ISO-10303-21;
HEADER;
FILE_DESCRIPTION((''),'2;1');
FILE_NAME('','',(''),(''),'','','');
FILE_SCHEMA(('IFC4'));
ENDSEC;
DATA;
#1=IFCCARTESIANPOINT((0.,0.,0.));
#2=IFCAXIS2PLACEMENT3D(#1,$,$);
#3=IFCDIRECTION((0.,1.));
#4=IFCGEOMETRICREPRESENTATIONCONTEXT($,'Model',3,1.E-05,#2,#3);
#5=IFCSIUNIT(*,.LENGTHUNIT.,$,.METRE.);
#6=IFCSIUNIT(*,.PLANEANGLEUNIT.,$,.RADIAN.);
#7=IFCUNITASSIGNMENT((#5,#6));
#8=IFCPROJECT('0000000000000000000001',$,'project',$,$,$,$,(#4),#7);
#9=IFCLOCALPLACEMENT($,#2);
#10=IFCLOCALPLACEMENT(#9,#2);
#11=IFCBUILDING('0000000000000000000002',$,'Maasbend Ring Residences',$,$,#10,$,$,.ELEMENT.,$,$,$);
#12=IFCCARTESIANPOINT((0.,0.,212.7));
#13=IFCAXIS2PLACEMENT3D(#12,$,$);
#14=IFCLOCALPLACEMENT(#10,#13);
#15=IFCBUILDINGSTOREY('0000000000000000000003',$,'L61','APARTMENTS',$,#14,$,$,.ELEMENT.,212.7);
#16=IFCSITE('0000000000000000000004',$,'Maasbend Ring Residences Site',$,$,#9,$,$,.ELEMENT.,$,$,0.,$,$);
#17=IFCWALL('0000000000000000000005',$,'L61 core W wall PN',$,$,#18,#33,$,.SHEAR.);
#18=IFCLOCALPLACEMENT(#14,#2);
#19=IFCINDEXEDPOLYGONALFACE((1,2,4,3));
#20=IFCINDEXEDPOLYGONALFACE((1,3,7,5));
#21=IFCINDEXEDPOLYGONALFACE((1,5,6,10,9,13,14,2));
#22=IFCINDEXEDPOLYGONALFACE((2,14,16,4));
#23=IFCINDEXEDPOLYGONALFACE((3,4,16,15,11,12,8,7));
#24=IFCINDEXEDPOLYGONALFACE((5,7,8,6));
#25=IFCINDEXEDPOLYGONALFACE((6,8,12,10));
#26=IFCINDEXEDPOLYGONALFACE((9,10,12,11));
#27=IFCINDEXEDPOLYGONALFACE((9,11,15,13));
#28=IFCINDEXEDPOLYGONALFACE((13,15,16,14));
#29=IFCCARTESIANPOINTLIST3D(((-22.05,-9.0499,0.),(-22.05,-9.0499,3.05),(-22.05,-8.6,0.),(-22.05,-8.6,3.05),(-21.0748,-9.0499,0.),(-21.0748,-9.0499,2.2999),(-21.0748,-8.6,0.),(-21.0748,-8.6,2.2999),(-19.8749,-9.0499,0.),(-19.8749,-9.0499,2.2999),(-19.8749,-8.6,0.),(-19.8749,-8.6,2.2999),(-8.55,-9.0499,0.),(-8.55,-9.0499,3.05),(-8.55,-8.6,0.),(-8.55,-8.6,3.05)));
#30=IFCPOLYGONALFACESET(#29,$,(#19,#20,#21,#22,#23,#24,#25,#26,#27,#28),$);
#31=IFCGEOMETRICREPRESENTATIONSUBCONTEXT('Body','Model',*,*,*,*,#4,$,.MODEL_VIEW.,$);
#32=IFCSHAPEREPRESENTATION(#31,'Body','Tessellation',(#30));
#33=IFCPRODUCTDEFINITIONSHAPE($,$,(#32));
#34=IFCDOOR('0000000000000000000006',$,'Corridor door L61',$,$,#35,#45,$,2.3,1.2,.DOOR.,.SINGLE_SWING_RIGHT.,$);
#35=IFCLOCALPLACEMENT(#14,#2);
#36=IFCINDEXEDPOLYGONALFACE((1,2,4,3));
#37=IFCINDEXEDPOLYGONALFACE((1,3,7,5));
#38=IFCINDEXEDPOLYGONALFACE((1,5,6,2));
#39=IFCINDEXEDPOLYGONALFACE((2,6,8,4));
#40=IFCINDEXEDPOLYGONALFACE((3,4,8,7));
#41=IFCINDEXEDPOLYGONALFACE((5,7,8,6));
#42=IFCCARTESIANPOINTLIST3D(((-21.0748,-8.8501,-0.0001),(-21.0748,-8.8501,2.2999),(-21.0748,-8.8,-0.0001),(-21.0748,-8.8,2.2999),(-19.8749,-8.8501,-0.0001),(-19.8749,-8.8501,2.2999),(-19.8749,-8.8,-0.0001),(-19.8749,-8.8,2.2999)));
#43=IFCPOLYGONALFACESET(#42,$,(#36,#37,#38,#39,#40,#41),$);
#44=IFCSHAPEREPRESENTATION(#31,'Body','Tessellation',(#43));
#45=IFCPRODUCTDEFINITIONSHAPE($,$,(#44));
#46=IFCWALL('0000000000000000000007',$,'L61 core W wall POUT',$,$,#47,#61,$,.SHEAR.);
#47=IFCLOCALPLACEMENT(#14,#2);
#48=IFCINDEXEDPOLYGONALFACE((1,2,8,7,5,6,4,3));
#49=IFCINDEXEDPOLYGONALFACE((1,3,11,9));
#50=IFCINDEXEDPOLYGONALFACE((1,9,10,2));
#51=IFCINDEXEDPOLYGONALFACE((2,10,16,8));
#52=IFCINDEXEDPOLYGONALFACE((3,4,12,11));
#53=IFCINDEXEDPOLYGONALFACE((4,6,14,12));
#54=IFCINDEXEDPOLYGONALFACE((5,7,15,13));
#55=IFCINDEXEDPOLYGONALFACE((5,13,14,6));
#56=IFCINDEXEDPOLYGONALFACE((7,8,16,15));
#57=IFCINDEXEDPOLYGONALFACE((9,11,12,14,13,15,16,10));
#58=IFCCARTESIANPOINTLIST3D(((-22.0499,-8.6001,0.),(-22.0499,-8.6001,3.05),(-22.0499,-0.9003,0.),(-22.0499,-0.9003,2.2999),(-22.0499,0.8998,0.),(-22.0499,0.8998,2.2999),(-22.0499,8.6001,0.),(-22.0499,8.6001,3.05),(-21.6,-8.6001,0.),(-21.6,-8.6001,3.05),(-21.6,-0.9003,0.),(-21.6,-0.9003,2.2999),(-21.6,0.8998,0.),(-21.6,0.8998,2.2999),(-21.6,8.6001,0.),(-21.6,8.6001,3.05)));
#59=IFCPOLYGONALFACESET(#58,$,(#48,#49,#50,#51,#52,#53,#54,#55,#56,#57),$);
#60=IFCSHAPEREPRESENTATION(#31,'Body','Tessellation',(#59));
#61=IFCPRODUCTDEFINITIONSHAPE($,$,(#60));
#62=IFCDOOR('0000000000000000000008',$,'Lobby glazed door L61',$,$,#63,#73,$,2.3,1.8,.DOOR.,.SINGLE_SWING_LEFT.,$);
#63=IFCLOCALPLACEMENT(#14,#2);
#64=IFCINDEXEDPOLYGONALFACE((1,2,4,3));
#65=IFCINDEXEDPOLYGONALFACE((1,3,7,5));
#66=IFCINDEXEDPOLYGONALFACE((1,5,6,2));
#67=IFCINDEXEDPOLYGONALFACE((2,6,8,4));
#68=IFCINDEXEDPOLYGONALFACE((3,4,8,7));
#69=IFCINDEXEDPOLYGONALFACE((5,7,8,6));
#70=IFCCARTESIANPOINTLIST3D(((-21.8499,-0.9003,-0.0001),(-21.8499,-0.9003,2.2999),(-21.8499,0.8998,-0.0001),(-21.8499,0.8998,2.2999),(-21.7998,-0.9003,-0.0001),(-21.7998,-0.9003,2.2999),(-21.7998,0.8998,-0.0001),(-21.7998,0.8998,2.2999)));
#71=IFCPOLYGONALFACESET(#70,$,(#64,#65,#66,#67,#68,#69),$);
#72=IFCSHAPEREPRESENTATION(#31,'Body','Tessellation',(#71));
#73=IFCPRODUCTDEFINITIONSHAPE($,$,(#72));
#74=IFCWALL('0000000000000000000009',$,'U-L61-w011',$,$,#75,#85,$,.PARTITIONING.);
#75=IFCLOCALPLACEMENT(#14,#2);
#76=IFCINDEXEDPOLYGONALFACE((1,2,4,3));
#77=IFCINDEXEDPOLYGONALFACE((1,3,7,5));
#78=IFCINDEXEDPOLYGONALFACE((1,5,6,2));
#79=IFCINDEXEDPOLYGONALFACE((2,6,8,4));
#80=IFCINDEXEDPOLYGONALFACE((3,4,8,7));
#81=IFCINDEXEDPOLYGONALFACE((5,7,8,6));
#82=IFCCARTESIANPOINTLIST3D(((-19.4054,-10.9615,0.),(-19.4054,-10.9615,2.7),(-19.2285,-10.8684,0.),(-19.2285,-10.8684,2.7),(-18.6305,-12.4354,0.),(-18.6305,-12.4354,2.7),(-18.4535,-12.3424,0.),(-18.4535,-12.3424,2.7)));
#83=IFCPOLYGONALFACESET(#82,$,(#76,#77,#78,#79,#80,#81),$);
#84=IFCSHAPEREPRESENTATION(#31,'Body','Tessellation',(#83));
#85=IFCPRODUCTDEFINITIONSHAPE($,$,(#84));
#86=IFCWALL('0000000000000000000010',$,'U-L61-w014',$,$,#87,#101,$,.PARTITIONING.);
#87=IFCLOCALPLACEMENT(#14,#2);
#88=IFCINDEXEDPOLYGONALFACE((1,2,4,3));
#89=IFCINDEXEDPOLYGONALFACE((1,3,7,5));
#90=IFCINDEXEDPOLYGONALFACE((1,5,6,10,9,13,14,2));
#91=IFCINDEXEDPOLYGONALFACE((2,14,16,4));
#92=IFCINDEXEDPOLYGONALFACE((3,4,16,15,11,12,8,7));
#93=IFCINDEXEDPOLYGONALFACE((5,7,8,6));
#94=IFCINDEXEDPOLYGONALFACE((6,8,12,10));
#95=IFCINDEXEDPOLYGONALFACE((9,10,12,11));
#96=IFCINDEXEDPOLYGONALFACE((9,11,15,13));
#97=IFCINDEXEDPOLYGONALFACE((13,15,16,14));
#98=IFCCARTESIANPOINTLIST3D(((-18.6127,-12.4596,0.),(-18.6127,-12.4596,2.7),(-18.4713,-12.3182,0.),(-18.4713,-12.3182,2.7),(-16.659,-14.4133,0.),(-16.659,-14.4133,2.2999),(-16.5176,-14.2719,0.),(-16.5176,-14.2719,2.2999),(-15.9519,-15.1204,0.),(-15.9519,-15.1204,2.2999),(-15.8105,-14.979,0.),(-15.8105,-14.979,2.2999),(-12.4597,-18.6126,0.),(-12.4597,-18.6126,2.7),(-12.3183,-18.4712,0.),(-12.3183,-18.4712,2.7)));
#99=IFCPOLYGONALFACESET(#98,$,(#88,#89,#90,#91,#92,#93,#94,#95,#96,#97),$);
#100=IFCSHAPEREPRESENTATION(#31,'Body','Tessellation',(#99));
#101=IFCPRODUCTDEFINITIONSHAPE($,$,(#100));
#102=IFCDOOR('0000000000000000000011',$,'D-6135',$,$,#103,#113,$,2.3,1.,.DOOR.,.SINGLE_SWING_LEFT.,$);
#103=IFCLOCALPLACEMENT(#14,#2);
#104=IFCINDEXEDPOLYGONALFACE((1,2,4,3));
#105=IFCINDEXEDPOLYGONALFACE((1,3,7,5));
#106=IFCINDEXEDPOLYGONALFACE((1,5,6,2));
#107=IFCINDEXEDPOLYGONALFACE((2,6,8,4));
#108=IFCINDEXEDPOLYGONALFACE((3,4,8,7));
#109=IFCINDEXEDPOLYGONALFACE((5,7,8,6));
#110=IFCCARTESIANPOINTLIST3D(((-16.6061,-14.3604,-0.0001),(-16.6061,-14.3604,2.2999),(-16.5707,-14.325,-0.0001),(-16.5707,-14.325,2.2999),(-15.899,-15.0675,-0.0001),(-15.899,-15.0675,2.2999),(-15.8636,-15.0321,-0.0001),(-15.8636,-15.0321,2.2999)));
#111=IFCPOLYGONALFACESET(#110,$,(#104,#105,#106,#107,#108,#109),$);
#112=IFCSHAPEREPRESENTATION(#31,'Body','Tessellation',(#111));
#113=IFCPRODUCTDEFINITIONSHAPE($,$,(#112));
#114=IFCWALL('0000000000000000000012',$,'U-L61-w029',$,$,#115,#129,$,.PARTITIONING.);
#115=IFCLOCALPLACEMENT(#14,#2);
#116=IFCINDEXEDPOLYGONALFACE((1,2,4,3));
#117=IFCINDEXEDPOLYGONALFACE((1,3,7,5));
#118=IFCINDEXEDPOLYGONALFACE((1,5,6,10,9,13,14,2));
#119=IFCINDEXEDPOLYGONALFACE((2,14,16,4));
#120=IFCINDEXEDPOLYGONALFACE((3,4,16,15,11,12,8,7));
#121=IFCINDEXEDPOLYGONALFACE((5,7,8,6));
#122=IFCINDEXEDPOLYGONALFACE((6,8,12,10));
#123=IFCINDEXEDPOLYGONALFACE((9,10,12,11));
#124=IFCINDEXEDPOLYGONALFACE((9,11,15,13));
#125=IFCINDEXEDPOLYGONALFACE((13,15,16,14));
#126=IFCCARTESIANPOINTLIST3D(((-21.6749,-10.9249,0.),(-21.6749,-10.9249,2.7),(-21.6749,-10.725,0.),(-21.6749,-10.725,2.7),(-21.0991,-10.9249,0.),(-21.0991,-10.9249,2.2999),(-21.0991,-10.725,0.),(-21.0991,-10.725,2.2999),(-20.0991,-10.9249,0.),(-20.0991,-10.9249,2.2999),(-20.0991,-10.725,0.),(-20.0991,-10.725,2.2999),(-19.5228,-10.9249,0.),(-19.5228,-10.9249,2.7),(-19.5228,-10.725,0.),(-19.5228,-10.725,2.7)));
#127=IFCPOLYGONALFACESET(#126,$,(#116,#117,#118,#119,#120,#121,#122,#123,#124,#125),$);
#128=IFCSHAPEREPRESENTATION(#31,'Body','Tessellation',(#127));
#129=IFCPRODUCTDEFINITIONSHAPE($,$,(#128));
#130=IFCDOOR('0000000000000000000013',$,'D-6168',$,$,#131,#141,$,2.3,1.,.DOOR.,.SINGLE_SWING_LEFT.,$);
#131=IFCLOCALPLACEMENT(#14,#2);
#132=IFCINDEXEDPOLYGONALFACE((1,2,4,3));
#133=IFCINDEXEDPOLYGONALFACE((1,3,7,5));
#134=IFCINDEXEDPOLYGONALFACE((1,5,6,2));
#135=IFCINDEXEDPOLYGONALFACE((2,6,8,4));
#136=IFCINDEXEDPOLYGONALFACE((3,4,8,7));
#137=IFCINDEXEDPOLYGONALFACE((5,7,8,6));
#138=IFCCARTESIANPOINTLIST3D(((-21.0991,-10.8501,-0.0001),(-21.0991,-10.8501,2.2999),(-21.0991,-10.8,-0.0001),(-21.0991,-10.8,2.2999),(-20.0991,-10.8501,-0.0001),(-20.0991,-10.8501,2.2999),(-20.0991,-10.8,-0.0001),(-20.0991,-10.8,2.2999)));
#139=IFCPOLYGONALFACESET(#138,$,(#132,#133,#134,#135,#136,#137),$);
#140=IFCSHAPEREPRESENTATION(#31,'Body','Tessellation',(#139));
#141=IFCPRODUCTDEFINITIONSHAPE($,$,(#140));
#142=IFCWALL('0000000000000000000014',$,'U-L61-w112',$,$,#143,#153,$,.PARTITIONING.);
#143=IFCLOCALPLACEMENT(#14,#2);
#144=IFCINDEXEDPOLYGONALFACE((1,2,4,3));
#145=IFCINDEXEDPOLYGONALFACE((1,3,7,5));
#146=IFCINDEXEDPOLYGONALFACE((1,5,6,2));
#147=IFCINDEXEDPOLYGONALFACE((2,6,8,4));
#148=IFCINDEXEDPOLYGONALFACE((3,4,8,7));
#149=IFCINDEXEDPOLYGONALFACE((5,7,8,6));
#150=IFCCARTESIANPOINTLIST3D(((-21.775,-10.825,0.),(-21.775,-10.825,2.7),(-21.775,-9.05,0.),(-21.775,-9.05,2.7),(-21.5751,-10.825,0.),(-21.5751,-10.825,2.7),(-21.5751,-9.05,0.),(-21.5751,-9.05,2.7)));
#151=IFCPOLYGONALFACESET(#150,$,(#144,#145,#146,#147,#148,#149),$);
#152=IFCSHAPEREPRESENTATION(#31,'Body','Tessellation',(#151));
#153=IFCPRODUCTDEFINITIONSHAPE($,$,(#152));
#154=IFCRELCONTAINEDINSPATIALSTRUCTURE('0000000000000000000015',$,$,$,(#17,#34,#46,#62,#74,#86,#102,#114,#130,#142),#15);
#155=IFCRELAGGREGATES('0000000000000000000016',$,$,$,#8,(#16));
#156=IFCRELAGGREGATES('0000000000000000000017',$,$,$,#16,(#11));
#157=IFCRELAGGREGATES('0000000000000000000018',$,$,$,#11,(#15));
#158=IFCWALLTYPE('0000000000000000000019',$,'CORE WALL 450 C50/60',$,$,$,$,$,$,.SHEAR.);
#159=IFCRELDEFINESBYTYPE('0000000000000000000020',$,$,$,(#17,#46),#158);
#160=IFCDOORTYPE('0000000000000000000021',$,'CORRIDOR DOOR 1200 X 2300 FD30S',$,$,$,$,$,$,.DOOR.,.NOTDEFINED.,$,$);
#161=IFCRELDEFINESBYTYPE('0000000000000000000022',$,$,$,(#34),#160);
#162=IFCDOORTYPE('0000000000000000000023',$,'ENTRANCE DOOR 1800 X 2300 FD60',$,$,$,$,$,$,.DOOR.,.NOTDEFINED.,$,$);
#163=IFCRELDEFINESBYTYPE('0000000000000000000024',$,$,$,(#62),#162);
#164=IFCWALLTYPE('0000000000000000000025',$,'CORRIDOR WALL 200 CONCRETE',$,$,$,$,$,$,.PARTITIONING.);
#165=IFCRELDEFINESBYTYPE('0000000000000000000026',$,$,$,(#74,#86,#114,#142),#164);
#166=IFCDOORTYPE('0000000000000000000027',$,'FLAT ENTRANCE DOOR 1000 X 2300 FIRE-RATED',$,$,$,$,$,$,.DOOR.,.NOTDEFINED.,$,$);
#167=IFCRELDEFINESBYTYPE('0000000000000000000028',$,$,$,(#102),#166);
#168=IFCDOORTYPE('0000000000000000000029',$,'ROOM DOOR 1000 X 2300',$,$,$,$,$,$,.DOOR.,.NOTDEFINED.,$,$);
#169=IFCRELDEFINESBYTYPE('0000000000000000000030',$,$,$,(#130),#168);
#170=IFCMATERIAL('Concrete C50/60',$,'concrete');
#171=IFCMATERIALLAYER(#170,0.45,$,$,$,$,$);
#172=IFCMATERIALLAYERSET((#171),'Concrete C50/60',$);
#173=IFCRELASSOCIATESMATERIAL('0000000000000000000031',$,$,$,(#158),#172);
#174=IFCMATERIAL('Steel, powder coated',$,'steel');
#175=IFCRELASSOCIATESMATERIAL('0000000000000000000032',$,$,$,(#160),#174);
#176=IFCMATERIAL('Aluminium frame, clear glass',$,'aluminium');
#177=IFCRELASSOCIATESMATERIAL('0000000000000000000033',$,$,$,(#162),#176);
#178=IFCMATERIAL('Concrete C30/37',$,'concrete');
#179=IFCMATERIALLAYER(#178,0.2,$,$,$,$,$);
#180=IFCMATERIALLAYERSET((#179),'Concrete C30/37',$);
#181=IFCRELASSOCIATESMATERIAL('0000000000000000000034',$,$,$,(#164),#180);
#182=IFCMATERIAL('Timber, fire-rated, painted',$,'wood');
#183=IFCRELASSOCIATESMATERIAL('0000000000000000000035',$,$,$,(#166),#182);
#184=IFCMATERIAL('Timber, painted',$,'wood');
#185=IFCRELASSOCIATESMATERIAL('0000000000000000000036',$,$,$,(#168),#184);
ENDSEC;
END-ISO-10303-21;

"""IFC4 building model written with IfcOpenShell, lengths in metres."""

from ifc_helpers import new_model, si_unit, direction, frame, frame_2d, origin, place, context, subcontext, project, spatial, rectangle, extrude, material, layer, layer_set, type_object, element, fill, save


model = new_model("IFC4")

# Units and contexts
model_context = context("Model", 3, precision=1e-05, world=origin(), true_north=direction((0.0, 1.0)))
body_context = subcontext(model_context, "Body", "Model", "MODEL_VIEW")
ifc_project = project(units=[si_unit("LENGTHUNIT", "METRE"), si_unit("PLANEANGLEUNIT", "RADIAN")], contexts=[model_context])

# Site, building, storey
site_placement = place(None, origin())
site = spatial("IfcSite", under=ifc_project, at=site_placement, Name="Maasbend Ring Residences Site", CompositionType="ELEMENT", RefElevation=0.0)
building_placement = place(site_placement, origin())
building = spatial("IfcBuilding", under=site, at=building_placement, Name="Maasbend Ring Residences", CompositionType="ELEMENT")
storey_placement = place(building_placement, frame((0.0, 0.0, 212.7)))
storey = spatial("IfcBuildingStorey", under=building, at=storey_placement, Name="L61", Description="APARTMENTS", CompositionType="ELEMENT", Elevation=212.7)

# Walls, openings, doors
ifc_material_1 = material(Name="Concrete C50/60", Category="concrete")
ifc_layer_1 = layer(ifc_material_1, 0.45)
ifc_layer_set_1 = layer_set([ifc_layer_1], Name="Concrete C50/60")
wall_type_1 = type_object("IfcWallType", Name="CORE WALL 450 C50/60", PredefinedType="SHEAR", material=ifc_layer_set_1)
wall_1_placement = place(storey_placement, frame((-22.05, -8.825, 0.0), z_axis=(0.0, 0.0, 1.0), x_axis=(1.0, 0.0, 0.0)))
wall_1 = element("IfcWall", 1, at=wall_1_placement, inside=storey, type_object=wall_type_1, Name="L61 core W wall PN", PredefinedType="SHEAR", context=body_context, shape_type="SweptSolid", body=[
    extrude(rectangle(XDim=13.5, YDim=0.45, at=frame_2d((6.75, 0.0))), origin(), (0.0, 0.0, 1.0), 3.05),
])
opening_1_placement = place(wall_1_placement, frame((0.9751, 0.0, 0.0)))
opening_1 = element("IfcOpeningElement", 2, at=opening_1_placement, cuts=wall_1, PredefinedType="OPENING", context=body_context, shape_type="SweptSolid", body=[
    extrude(rectangle(XDim=1.2, YDim=2.3, at=frame_2d((0.6001, 1.1499))), frame((0.0, 0.2349, 0.0), z_axis=(0.0, -1.0, 0.0), x_axis=(1.0, 0.0, 0.0)), (0.0, 0.0, 1.0), 0.47),
])
ifc_material_2 = material(Name="Steel, powder coated", Category="steel")
door_type_1 = type_object("IfcDoorType", Name="CORRIDOR DOOR 1200 X 2300 FD30S", OperationType="NOTDEFINED", PredefinedType="DOOR", material=ifc_material_2)
door_1_placement = place(opening_1_placement, origin())
door_1 = element("IfcDoor", 3, at=door_1_placement, inside=storey, type_object=door_type_1, Name="Corridor door L61", OperationType="SINGLE_SWING_RIGHT", OverallHeight=2.3, OverallWidth=1.2, PredefinedType="DOOR", context=body_context, shape_type="SweptSolid", body=[
    extrude(rectangle(XDim=1.2, YDim=2.3, at=frame_2d((0.6001, 1.1499))), frame((0.0, 0.0249, 0.0), z_axis=(0.0, -1.0, 0.0), x_axis=(1.0, 0.0, 0.0)), (0.0, 0.0, 1.0), 0.05),
])
fill(opening_1, door_1)
wall_2_placement = place(storey_placement, frame((-21.825, -8.6001, 0.0), z_axis=(0.0, 0.0, 1.0), x_axis=(0.0, 1.0, 0.0)))
wall_2 = element("IfcWall", 4, at=wall_2_placement, inside=storey, type_object=wall_type_1, Name="L61 core W wall POUT", PredefinedType="SHEAR", context=body_context, shape_type="SweptSolid", body=[
    extrude(rectangle(XDim=17.2002, YDim=0.45, at=frame_2d((8.6001, 0.0))), origin(), (0.0, 0.0, 1.0), 3.05),
])
opening_2_placement = place(wall_2_placement, frame((7.7, 0.0, 0.0)))
opening_2 = element("IfcOpeningElement", 5, at=opening_2_placement, cuts=wall_2, PredefinedType="OPENING", context=body_context, shape_type="SweptSolid", body=[
    extrude(rectangle(XDim=1.8, YDim=2.3, at=frame_2d((0.8999, 1.1499))), frame((0.0, 0.2349, 0.0), z_axis=(0.0, -1.0, 0.0), x_axis=(1.0, 0.0, 0.0)), (0.0, 0.0, 1.0), 0.47),
])
ifc_material_3 = material(Name="Aluminium frame, clear glass", Category="aluminium")
door_type_2 = type_object("IfcDoorType", Name="ENTRANCE DOOR 1800 X 2300 FD60", OperationType="NOTDEFINED", PredefinedType="DOOR", material=ifc_material_3)
door_2_placement = place(opening_2_placement, origin())
door_2 = element("IfcDoor", 6, at=door_2_placement, inside=storey, type_object=door_type_2, Name="Lobby glazed door L61", OperationType="SINGLE_SWING_LEFT", OverallHeight=2.3, OverallWidth=1.8, PredefinedType="DOOR", context=body_context, shape_type="SweptSolid", body=[
    extrude(rectangle(XDim=1.8, YDim=2.3, at=frame_2d((0.8999, 1.1499))), frame((0.0, 0.0249, 0.0), z_axis=(0.0, -1.0, 0.0), x_axis=(1.0, 0.0, 0.0)), (0.0, 0.0, 1.0), 0.05),
])
fill(opening_2, door_2)

# Wall
ifc_material_4 = material(Name="Concrete C30/37", Category="concrete")
ifc_layer_2 = layer(ifc_material_4, 0.2)
ifc_layer_set_2 = layer_set([ifc_layer_2], Name="Concrete C30/37")
wall_type_2 = type_object("IfcWallType", Name="CORRIDOR WALL 200 CONCRETE", PredefinedType="PARTITIONING", material=ifc_layer_set_2)
wall_3_placement = place(storey_placement, frame((-19.3169, -10.915, 0.0), z_axis=(0.0, 0.0, 1.0), x_axis=(0.46536, -0.885122, 0.0)))
element("IfcWall", 7, at=wall_3_placement, inside=storey, type_object=wall_type_2, Name="U-L61-w011", PredefinedType="PARTITIONING", context=body_context, shape_type="SweptSolid", body=[
    extrude(rectangle(XDim=1.6653, YDim=0.2, at=frame_2d((0.8325, 0.0))), origin(), (0.0, 0.0, 1.0), 2.7),
])

# Walls, openings, doors
wall_4_placement = place(storey_placement, frame((-18.542, -12.3889, 0.0), z_axis=(0.0, 0.0, 1.0), x_axis=(0.707107, -0.707107, 0.0)))
wall_4 = element("IfcWall", 8, at=wall_4_placement, inside=storey, type_object=wall_type_2, Name="U-L61-w014", PredefinedType="PARTITIONING", context=body_context, shape_type="SweptSolid", body=[
    extrude(rectangle(XDim=8.7017, YDim=0.2, at=frame_2d((4.3508, 0.0))), origin(), (0.0, 0.0, 1.0), 2.7),
])
opening_3_placement = place(wall_4_placement, frame((2.7629, 0.0, 0.0)))
opening_3 = element("IfcOpeningElement", 9, at=opening_3_placement, cuts=wall_4, PredefinedType="OPENING", context=body_context, shape_type="SweptSolid", body=[
    extrude(rectangle(XDim=1.0, YDim=2.3, at=frame_2d((0.5, 1.1499))), frame((0.0, 0.1099, 0.0), z_axis=(0.0, -1.0, 0.0), x_axis=(1.0, 0.0, 0.0)), (0.0, 0.0, 1.0), 0.22),
])
ifc_material_5 = material(Name="Timber, fire-rated, painted", Category="wood")
door_type_3 = type_object("IfcDoorType", Name="FLAT ENTRANCE DOOR 1000 X 2300 FIRE-RATED", OperationType="NOTDEFINED", PredefinedType="DOOR", material=ifc_material_5)
door_3_placement = place(opening_3_placement, origin())
door_3 = element("IfcDoor", 10, at=door_3_placement, inside=storey, type_object=door_type_3, Name="D-6135", OperationType="SINGLE_SWING_LEFT", OverallHeight=2.3, OverallWidth=1.0, PredefinedType="DOOR", context=body_context, shape_type="SweptSolid", body=[
    extrude(rectangle(XDim=1.0, YDim=2.3, at=frame_2d((0.5, 1.1499))), frame((0.0, 0.0249, 0.0), z_axis=(0.0, -1.0, 0.0), x_axis=(1.0, 0.0, 0.0)), (0.0, 0.0, 1.0), 0.05),
])
fill(opening_3, door_3)
wall_5_placement = place(storey_placement, frame((-21.675, -10.825, 0.0), z_axis=(0.0, 0.0, 1.0), x_axis=(1.0, 0.0, 0.0)))
wall_5 = element("IfcWall", 11, at=wall_5_placement, inside=storey, type_object=wall_type_2, Name="U-L61-w029", PredefinedType="PARTITIONING", context=body_context, shape_type="SweptSolid", body=[
    extrude(rectangle(XDim=2.1521, YDim=0.2, at=frame_2d((1.0762, 0.0))), origin(), (0.0, 0.0, 1.0), 2.7),
])
opening_4_placement = place(wall_5_placement, frame((0.5759, 0.0, 0.0)))
opening_4 = element("IfcOpeningElement", 12, at=opening_4_placement, cuts=wall_5, PredefinedType="OPENING", context=body_context, shape_type="SweptSolid", body=[
    extrude(rectangle(XDim=1.0, YDim=2.3, at=frame_2d((0.5, 1.1499))), frame((0.0, 0.1099, 0.0), z_axis=(0.0, -1.0, 0.0), x_axis=(1.0, 0.0, 0.0)), (0.0, 0.0, 1.0), 0.22),
])
ifc_material_6 = material(Name="Timber, painted", Category="wood")
door_type_4 = type_object("IfcDoorType", Name="ROOM DOOR 1000 X 2300", OperationType="NOTDEFINED", PredefinedType="DOOR", material=ifc_material_6)
door_4_placement = place(opening_4_placement, origin())
door_4 = element("IfcDoor", 13, at=door_4_placement, inside=storey, type_object=door_type_4, Name="D-6168", OperationType="SINGLE_SWING_LEFT", OverallHeight=2.3, OverallWidth=1.0, PredefinedType="DOOR", context=body_context, shape_type="SweptSolid", body=[
    extrude(rectangle(XDim=1.0, YDim=2.3, at=frame_2d((0.5, 1.1499))), frame((0.0, 0.0249, 0.0), z_axis=(0.0, -1.0, 0.0), x_axis=(1.0, 0.0, 0.0)), (0.0, 0.0, 1.0), 0.05),
])
fill(opening_4, door_4)

# Wall
wall_6_placement = place(storey_placement, frame((-21.675, -10.825, 0.0), z_axis=(0.0, 0.0, 1.0), x_axis=(0.0, 1.0, 0.0)))
element("IfcWall", 14, at=wall_6_placement, inside=storey, type_object=wall_type_2, Name="U-L61-w112", PredefinedType="PARTITIONING", context=body_context, shape_type="SweptSolid", body=[
    extrude(rectangle(XDim=1.7749, YDim=0.2, at=frame_2d((0.8875, 0.0))), origin(), (0.0, 0.0, 1.0), 2.7),
])

save(model, "model.ifc")
